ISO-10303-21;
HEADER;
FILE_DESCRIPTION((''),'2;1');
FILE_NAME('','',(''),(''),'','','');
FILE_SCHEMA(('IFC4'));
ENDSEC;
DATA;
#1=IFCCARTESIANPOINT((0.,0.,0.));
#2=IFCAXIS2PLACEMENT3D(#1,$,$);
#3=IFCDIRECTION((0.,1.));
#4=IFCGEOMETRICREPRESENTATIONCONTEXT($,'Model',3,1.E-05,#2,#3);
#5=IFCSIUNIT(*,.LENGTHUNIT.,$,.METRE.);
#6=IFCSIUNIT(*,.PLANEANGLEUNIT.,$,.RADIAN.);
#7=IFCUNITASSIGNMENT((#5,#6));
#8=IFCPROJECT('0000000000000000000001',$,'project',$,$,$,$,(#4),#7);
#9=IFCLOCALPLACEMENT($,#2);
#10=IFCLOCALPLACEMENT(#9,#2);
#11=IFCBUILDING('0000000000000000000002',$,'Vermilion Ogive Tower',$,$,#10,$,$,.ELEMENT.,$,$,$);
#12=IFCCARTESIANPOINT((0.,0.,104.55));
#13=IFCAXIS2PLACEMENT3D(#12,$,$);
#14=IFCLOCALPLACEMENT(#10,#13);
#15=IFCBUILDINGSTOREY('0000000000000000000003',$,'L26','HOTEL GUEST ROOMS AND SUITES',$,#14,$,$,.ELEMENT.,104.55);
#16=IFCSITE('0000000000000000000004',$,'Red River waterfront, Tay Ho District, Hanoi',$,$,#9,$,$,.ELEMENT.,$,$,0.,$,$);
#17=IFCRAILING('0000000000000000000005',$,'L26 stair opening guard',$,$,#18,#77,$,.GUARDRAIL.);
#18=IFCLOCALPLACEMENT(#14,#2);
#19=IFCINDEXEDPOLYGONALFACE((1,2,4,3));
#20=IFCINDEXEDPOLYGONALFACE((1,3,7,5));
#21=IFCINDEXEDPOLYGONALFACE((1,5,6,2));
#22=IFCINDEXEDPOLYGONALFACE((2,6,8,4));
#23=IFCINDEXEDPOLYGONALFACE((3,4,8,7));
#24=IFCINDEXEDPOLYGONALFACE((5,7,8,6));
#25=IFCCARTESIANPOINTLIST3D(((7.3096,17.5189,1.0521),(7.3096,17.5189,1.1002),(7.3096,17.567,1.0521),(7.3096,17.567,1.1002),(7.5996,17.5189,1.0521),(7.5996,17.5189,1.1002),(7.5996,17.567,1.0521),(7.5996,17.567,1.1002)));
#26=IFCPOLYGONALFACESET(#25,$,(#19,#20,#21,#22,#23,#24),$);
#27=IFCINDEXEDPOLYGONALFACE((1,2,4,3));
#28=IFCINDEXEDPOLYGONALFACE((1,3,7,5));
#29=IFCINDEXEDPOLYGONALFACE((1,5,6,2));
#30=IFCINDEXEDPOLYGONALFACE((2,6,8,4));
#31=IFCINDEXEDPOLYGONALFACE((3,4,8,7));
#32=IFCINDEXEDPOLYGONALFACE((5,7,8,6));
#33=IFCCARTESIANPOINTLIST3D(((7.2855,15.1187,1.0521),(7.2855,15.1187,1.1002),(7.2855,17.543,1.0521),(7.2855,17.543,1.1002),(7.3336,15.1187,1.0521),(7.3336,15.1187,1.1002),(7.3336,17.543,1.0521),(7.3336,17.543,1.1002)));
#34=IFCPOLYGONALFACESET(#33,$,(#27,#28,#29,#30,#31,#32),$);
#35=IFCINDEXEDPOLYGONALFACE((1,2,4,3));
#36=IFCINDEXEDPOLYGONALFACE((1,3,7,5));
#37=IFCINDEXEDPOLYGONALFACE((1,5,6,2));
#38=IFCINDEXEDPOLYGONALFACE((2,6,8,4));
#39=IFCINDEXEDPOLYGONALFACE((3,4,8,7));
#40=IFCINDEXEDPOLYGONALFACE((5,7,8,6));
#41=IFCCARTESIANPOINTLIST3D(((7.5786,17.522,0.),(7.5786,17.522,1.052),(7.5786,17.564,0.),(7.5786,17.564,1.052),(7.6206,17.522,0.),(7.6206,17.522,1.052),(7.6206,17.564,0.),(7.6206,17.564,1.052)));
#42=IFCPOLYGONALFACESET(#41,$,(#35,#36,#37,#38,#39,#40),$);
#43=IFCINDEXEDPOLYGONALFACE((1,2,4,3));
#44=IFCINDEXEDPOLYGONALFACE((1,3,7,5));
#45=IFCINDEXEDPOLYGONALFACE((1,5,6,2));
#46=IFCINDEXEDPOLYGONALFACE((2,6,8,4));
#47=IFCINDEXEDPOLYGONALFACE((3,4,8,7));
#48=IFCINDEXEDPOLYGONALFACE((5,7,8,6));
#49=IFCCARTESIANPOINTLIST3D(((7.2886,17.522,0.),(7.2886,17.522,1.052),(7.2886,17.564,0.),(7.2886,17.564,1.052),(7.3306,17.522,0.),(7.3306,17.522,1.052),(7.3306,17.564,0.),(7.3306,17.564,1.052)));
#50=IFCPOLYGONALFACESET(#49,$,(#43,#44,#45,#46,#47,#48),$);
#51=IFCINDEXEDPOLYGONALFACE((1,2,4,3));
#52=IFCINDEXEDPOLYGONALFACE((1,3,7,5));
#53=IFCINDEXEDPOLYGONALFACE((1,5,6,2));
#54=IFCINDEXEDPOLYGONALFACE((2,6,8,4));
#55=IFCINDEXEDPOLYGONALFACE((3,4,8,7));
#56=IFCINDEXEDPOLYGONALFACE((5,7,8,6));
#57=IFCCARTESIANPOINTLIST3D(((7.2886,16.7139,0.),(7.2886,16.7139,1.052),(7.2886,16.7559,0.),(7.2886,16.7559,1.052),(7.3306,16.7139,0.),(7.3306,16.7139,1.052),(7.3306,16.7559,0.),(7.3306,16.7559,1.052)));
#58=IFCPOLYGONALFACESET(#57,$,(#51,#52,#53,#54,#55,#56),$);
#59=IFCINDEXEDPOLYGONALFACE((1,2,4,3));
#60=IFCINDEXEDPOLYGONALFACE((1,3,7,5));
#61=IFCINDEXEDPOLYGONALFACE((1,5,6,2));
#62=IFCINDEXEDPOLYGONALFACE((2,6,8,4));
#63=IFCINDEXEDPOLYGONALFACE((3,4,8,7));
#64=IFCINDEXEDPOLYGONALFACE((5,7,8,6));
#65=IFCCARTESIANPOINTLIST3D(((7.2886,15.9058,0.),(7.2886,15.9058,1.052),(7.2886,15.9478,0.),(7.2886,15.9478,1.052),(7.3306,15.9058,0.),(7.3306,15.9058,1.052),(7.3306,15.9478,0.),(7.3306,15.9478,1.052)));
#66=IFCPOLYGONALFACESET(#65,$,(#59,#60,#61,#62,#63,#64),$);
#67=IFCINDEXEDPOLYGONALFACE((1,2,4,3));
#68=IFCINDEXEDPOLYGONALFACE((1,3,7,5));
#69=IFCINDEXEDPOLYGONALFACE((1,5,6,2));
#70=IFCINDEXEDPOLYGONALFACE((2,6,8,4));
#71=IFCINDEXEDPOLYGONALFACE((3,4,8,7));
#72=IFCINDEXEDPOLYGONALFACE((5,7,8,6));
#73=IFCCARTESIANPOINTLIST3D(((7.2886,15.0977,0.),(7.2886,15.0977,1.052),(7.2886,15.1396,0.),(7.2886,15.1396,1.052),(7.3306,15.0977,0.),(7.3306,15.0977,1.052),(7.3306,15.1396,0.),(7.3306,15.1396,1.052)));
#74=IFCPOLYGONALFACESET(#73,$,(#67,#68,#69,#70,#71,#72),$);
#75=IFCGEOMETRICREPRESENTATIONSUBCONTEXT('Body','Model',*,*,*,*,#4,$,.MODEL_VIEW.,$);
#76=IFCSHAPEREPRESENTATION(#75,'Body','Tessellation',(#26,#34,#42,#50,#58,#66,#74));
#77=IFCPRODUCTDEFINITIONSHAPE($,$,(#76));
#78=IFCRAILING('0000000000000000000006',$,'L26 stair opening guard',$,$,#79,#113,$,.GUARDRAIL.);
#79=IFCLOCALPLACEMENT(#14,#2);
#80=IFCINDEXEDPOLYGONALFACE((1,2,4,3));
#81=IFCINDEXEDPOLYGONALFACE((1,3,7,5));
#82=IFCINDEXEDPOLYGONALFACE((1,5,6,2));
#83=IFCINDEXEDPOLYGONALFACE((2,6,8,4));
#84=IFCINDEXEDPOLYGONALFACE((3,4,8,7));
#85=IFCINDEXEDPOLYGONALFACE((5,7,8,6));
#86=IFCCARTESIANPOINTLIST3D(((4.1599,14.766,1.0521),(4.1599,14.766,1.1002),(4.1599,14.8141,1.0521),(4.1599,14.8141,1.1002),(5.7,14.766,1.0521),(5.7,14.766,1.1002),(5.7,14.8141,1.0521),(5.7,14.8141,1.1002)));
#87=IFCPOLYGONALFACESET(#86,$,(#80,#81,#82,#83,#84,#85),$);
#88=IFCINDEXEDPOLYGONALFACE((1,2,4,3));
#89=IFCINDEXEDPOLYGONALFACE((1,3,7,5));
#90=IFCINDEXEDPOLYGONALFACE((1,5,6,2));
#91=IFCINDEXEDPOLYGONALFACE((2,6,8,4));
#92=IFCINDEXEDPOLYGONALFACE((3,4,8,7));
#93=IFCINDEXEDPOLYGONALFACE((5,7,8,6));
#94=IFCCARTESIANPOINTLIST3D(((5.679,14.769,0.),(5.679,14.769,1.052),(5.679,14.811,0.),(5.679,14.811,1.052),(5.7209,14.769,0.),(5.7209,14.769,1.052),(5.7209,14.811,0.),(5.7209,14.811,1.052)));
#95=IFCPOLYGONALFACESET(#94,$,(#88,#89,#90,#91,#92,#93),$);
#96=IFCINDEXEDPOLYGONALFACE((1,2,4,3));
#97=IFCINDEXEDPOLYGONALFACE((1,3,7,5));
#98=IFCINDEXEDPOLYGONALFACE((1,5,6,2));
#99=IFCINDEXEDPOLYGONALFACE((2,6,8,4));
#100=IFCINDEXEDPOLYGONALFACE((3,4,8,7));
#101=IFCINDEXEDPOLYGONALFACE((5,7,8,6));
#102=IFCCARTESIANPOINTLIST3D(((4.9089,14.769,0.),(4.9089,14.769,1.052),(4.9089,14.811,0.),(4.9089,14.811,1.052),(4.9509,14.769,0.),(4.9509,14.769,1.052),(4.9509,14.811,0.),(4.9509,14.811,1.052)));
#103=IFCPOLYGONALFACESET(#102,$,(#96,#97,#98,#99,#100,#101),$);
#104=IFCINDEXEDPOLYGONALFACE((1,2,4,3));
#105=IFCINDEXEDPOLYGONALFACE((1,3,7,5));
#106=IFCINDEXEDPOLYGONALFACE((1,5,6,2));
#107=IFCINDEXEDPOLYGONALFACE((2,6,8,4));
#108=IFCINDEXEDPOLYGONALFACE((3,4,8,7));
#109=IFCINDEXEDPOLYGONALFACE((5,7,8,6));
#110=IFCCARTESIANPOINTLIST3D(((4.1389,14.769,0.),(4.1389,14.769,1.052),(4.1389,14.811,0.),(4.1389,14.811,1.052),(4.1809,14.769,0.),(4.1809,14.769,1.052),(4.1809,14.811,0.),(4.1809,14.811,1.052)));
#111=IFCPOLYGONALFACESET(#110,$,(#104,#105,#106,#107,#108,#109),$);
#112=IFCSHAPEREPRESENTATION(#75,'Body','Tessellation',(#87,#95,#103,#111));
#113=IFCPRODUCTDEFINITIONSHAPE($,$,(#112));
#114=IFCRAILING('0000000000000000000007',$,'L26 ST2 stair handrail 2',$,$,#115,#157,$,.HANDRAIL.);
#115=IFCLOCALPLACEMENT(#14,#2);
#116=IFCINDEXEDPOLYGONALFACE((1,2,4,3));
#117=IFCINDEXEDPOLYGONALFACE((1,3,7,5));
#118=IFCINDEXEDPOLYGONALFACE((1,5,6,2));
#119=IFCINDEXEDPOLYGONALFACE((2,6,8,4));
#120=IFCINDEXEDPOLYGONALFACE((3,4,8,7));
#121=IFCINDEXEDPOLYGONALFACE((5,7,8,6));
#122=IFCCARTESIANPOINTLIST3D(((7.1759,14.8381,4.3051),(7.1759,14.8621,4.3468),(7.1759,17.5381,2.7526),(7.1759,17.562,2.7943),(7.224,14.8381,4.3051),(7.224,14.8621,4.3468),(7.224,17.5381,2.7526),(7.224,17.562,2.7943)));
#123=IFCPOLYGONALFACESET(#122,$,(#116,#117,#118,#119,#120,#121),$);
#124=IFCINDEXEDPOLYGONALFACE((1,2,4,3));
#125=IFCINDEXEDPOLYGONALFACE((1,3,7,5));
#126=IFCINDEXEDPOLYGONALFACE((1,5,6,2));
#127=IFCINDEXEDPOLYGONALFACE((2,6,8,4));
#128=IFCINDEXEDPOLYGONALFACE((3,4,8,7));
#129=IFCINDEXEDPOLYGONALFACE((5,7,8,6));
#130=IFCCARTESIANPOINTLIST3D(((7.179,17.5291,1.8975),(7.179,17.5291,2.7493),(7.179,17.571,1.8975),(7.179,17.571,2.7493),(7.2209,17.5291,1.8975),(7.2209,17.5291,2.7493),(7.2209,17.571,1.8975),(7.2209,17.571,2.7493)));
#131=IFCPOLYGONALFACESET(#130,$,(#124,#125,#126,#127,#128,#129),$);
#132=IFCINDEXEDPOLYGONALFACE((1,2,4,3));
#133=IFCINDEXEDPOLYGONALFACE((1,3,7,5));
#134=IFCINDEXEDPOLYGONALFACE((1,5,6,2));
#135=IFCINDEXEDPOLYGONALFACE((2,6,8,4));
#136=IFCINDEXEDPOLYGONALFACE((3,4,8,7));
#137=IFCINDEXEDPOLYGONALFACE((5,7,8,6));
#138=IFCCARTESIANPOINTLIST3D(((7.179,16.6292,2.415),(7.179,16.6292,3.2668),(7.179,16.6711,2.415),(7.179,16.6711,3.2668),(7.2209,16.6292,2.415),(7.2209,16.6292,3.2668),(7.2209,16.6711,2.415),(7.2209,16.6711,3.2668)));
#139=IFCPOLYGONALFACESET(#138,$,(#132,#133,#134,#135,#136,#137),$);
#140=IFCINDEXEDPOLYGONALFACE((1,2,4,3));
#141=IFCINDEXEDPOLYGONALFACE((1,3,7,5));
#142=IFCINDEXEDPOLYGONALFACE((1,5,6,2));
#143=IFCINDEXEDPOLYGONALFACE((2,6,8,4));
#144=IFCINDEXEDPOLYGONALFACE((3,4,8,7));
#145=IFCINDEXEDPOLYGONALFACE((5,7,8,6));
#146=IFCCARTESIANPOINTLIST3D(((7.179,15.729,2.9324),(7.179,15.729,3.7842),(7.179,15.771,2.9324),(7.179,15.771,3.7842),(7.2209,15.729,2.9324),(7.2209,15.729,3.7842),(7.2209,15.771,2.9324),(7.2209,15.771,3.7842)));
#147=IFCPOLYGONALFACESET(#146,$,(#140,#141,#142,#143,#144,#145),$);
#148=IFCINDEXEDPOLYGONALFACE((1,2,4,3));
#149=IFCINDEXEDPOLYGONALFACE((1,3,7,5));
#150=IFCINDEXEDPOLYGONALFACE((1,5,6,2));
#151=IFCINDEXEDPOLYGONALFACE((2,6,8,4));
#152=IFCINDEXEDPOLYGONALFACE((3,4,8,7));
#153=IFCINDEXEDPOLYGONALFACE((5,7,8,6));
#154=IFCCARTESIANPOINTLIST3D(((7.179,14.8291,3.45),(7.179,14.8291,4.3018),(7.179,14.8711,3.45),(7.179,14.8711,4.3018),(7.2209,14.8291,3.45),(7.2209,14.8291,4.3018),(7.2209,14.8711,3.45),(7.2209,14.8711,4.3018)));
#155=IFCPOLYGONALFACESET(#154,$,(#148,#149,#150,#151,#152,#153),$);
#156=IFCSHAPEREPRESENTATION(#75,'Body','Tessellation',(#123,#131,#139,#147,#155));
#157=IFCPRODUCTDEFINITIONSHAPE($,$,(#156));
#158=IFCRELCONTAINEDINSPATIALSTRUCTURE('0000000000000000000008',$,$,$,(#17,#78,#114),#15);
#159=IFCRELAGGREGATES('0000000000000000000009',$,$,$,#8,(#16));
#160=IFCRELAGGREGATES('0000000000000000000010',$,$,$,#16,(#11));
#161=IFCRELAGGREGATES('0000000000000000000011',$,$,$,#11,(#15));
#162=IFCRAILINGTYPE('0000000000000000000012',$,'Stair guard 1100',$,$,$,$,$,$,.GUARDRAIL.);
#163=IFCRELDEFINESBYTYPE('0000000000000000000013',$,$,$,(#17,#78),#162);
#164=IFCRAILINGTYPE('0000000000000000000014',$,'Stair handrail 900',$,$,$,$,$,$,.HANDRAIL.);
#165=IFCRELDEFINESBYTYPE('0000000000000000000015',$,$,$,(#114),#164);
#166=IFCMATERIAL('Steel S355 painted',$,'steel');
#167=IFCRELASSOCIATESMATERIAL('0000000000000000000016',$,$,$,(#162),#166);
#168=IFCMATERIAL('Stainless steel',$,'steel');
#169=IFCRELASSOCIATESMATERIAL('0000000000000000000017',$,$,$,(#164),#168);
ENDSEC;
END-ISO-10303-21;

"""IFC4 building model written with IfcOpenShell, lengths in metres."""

from ifc_helpers import new_model, si_unit, direction, frame, origin, origin_2d, place, context, subcontext, project, spatial, rectangle, extrude, material, type_object, element, save


model = new_model("IFC4")

# Units and contexts
model_context = context("Model", 3, precision=1e-05, world=origin(), true_north=direction((0.0, 1.0)))
body_context = subcontext(model_context, "Body", "Model", "MODEL_VIEW")
ifc_project = project(units=[si_unit("LENGTHUNIT", "METRE"), si_unit("PLANEANGLEUNIT", "RADIAN")], contexts=[model_context])

# Site, building, storey
site_placement = place(None, origin())
site = spatial("IfcSite", under=ifc_project, at=site_placement, Name="Red River waterfront, Tay Ho District, Hanoi", CompositionType="ELEMENT", RefElevation=0.0)
building_placement = place(site_placement, origin())
building = spatial("IfcBuilding", under=site, at=building_placement, Name="Vermilion Ogive Tower", CompositionType="ELEMENT")
storey_placement = place(building_placement, frame((0.0, 0.0, 104.55)))
storey = spatial("IfcBuildingStorey", under=building, at=storey_placement, Name="L26", Description="HOTEL GUEST ROOMS AND SUITES", CompositionType="ELEMENT", Elevation=104.55)

# Railings
ifc_material_1 = material(Name="Steel S355 painted", Category="steel")
railing_type_1 = type_object("IfcRailingType", Name="Stair guard 1100", PredefinedType="GUARDRAIL", material=ifc_material_1)
railing_1_placement = place(storey_placement, frame((7.5996, 17.543, 0.0)))
element("IfcRailing", 1, at=railing_1_placement, inside=storey, type_object=railing_type_1, Name="L26 stair opening guard", PredefinedType="GUARDRAIL", context=body_context, shape_type="SweptSolid", body=[
    extrude(rectangle(XDim=0.0481, YDim=0.0481, at=origin_2d()), frame((0.0, 0.0, 1.0762), z_axis=(-1.0, 0.0, 0.0), x_axis=(0.0, -1.0, 0.0)), (0.0, 0.0, 1.0), 0.29),
    extrude(rectangle(XDim=0.0481, YDim=0.0481, at=origin_2d()), frame((-0.29, 0.0, 1.0762), z_axis=(0.0, -1.0, 0.0), x_axis=(1.0, 0.0, 0.0)), (0.0, 0.0, 1.0), 2.4243),
    extrude(rectangle(XDim=0.042, YDim=0.042, at=origin_2d()), origin(), (0.0, 0.0, 1.0), 1.052),
    extrude(rectangle(XDim=0.042, YDim=0.042, at=origin_2d()), frame((-0.29, 0.0, 0.0)), (0.0, 0.0, 1.0), 1.052),
    extrude(rectangle(XDim=0.042, YDim=0.042, at=origin_2d()), frame((-0.29, -0.8081, 0.0)), (0.0, 0.0, 1.0), 1.052),
    extrude(rectangle(XDim=0.042, YDim=0.042, at=origin_2d()), frame((-0.29, -1.6162, 0.0)), (0.0, 0.0, 1.0), 1.052),
    extrude(rectangle(XDim=0.042, YDim=0.042, at=origin_2d()), frame((-0.29, -2.4243, 0.0)), (0.0, 0.0, 1.0), 1.052),
])
railing_2_placement = place(storey_placement, frame((5.7, 14.79, 0.0)))
element("IfcRailing", 2, at=railing_2_placement, inside=storey, type_object=railing_type_1, Name="L26 stair opening guard", PredefinedType="GUARDRAIL", context=body_context, shape_type="SweptSolid", body=[
    extrude(rectangle(XDim=0.0481, YDim=0.0481, at=origin_2d()), frame((0.0, 0.0, 1.0762), z_axis=(-1.0, 0.0, 0.0), x_axis=(0.0, -1.0, 0.0)), (0.0, 0.0, 1.0), 1.54),
    extrude(rectangle(XDim=0.042, YDim=0.042, at=origin_2d()), origin(), (0.0, 0.0, 1.0), 1.052),
    extrude(rectangle(XDim=0.042, YDim=0.042, at=origin_2d()), frame((-0.77, 0.0, 0.0)), (0.0, 0.0, 1.0), 1.052),
    extrude(rectangle(XDim=0.042, YDim=0.042, at=origin_2d()), frame((-1.54, 0.0, 0.0)), (0.0, 0.0, 1.0), 1.052),
])
ifc_material_2 = material(Name="Stainless steel", Category="steel")
railing_type_2 = type_object("IfcRailingType", Name="Stair handrail 900", PredefinedType="HANDRAIL", material=ifc_material_2)
railing_3_placement = place(storey_placement, frame((7.2, 17.55, 1.8975)))
element("IfcRailing", 3, at=railing_3_placement, inside=storey, type_object=railing_type_2, Name="L26 ST2 stair handrail 2", PredefinedType="HANDRAIL", context=body_context, shape_type="SweptSolid", body=[
    extrude(rectangle(XDim=0.0481, YDim=0.0481, at=origin_2d()), frame((0.0, 0.0, 0.876), z_axis=(0.0, -0.866904, 0.498476), x_axis=(1.0, 0.0, 0.0)), (0.0, 0.0, 1.0), 3.1145),
    extrude(rectangle(XDim=0.042, YDim=0.042, at=origin_2d()), origin(), (0.0, 0.0, 1.0), 0.8518),
    extrude(rectangle(XDim=0.042, YDim=0.042, at=origin_2d()), frame((0.0, -0.8999, 0.5176)), (0.0, 0.0, 1.0), 0.8518),
    extrude(rectangle(XDim=0.042, YDim=0.042, at=origin_2d()), frame((0.0, -1.8, 1.0349)), (0.0, 0.0, 1.0), 0.8518),
    extrude(rectangle(XDim=0.042, YDim=0.042, at=origin_2d()), frame((0.0, -2.7, 1.5525)), (0.0, 0.0, 1.0), 0.8518),
])

save(model, "model.ifc")
